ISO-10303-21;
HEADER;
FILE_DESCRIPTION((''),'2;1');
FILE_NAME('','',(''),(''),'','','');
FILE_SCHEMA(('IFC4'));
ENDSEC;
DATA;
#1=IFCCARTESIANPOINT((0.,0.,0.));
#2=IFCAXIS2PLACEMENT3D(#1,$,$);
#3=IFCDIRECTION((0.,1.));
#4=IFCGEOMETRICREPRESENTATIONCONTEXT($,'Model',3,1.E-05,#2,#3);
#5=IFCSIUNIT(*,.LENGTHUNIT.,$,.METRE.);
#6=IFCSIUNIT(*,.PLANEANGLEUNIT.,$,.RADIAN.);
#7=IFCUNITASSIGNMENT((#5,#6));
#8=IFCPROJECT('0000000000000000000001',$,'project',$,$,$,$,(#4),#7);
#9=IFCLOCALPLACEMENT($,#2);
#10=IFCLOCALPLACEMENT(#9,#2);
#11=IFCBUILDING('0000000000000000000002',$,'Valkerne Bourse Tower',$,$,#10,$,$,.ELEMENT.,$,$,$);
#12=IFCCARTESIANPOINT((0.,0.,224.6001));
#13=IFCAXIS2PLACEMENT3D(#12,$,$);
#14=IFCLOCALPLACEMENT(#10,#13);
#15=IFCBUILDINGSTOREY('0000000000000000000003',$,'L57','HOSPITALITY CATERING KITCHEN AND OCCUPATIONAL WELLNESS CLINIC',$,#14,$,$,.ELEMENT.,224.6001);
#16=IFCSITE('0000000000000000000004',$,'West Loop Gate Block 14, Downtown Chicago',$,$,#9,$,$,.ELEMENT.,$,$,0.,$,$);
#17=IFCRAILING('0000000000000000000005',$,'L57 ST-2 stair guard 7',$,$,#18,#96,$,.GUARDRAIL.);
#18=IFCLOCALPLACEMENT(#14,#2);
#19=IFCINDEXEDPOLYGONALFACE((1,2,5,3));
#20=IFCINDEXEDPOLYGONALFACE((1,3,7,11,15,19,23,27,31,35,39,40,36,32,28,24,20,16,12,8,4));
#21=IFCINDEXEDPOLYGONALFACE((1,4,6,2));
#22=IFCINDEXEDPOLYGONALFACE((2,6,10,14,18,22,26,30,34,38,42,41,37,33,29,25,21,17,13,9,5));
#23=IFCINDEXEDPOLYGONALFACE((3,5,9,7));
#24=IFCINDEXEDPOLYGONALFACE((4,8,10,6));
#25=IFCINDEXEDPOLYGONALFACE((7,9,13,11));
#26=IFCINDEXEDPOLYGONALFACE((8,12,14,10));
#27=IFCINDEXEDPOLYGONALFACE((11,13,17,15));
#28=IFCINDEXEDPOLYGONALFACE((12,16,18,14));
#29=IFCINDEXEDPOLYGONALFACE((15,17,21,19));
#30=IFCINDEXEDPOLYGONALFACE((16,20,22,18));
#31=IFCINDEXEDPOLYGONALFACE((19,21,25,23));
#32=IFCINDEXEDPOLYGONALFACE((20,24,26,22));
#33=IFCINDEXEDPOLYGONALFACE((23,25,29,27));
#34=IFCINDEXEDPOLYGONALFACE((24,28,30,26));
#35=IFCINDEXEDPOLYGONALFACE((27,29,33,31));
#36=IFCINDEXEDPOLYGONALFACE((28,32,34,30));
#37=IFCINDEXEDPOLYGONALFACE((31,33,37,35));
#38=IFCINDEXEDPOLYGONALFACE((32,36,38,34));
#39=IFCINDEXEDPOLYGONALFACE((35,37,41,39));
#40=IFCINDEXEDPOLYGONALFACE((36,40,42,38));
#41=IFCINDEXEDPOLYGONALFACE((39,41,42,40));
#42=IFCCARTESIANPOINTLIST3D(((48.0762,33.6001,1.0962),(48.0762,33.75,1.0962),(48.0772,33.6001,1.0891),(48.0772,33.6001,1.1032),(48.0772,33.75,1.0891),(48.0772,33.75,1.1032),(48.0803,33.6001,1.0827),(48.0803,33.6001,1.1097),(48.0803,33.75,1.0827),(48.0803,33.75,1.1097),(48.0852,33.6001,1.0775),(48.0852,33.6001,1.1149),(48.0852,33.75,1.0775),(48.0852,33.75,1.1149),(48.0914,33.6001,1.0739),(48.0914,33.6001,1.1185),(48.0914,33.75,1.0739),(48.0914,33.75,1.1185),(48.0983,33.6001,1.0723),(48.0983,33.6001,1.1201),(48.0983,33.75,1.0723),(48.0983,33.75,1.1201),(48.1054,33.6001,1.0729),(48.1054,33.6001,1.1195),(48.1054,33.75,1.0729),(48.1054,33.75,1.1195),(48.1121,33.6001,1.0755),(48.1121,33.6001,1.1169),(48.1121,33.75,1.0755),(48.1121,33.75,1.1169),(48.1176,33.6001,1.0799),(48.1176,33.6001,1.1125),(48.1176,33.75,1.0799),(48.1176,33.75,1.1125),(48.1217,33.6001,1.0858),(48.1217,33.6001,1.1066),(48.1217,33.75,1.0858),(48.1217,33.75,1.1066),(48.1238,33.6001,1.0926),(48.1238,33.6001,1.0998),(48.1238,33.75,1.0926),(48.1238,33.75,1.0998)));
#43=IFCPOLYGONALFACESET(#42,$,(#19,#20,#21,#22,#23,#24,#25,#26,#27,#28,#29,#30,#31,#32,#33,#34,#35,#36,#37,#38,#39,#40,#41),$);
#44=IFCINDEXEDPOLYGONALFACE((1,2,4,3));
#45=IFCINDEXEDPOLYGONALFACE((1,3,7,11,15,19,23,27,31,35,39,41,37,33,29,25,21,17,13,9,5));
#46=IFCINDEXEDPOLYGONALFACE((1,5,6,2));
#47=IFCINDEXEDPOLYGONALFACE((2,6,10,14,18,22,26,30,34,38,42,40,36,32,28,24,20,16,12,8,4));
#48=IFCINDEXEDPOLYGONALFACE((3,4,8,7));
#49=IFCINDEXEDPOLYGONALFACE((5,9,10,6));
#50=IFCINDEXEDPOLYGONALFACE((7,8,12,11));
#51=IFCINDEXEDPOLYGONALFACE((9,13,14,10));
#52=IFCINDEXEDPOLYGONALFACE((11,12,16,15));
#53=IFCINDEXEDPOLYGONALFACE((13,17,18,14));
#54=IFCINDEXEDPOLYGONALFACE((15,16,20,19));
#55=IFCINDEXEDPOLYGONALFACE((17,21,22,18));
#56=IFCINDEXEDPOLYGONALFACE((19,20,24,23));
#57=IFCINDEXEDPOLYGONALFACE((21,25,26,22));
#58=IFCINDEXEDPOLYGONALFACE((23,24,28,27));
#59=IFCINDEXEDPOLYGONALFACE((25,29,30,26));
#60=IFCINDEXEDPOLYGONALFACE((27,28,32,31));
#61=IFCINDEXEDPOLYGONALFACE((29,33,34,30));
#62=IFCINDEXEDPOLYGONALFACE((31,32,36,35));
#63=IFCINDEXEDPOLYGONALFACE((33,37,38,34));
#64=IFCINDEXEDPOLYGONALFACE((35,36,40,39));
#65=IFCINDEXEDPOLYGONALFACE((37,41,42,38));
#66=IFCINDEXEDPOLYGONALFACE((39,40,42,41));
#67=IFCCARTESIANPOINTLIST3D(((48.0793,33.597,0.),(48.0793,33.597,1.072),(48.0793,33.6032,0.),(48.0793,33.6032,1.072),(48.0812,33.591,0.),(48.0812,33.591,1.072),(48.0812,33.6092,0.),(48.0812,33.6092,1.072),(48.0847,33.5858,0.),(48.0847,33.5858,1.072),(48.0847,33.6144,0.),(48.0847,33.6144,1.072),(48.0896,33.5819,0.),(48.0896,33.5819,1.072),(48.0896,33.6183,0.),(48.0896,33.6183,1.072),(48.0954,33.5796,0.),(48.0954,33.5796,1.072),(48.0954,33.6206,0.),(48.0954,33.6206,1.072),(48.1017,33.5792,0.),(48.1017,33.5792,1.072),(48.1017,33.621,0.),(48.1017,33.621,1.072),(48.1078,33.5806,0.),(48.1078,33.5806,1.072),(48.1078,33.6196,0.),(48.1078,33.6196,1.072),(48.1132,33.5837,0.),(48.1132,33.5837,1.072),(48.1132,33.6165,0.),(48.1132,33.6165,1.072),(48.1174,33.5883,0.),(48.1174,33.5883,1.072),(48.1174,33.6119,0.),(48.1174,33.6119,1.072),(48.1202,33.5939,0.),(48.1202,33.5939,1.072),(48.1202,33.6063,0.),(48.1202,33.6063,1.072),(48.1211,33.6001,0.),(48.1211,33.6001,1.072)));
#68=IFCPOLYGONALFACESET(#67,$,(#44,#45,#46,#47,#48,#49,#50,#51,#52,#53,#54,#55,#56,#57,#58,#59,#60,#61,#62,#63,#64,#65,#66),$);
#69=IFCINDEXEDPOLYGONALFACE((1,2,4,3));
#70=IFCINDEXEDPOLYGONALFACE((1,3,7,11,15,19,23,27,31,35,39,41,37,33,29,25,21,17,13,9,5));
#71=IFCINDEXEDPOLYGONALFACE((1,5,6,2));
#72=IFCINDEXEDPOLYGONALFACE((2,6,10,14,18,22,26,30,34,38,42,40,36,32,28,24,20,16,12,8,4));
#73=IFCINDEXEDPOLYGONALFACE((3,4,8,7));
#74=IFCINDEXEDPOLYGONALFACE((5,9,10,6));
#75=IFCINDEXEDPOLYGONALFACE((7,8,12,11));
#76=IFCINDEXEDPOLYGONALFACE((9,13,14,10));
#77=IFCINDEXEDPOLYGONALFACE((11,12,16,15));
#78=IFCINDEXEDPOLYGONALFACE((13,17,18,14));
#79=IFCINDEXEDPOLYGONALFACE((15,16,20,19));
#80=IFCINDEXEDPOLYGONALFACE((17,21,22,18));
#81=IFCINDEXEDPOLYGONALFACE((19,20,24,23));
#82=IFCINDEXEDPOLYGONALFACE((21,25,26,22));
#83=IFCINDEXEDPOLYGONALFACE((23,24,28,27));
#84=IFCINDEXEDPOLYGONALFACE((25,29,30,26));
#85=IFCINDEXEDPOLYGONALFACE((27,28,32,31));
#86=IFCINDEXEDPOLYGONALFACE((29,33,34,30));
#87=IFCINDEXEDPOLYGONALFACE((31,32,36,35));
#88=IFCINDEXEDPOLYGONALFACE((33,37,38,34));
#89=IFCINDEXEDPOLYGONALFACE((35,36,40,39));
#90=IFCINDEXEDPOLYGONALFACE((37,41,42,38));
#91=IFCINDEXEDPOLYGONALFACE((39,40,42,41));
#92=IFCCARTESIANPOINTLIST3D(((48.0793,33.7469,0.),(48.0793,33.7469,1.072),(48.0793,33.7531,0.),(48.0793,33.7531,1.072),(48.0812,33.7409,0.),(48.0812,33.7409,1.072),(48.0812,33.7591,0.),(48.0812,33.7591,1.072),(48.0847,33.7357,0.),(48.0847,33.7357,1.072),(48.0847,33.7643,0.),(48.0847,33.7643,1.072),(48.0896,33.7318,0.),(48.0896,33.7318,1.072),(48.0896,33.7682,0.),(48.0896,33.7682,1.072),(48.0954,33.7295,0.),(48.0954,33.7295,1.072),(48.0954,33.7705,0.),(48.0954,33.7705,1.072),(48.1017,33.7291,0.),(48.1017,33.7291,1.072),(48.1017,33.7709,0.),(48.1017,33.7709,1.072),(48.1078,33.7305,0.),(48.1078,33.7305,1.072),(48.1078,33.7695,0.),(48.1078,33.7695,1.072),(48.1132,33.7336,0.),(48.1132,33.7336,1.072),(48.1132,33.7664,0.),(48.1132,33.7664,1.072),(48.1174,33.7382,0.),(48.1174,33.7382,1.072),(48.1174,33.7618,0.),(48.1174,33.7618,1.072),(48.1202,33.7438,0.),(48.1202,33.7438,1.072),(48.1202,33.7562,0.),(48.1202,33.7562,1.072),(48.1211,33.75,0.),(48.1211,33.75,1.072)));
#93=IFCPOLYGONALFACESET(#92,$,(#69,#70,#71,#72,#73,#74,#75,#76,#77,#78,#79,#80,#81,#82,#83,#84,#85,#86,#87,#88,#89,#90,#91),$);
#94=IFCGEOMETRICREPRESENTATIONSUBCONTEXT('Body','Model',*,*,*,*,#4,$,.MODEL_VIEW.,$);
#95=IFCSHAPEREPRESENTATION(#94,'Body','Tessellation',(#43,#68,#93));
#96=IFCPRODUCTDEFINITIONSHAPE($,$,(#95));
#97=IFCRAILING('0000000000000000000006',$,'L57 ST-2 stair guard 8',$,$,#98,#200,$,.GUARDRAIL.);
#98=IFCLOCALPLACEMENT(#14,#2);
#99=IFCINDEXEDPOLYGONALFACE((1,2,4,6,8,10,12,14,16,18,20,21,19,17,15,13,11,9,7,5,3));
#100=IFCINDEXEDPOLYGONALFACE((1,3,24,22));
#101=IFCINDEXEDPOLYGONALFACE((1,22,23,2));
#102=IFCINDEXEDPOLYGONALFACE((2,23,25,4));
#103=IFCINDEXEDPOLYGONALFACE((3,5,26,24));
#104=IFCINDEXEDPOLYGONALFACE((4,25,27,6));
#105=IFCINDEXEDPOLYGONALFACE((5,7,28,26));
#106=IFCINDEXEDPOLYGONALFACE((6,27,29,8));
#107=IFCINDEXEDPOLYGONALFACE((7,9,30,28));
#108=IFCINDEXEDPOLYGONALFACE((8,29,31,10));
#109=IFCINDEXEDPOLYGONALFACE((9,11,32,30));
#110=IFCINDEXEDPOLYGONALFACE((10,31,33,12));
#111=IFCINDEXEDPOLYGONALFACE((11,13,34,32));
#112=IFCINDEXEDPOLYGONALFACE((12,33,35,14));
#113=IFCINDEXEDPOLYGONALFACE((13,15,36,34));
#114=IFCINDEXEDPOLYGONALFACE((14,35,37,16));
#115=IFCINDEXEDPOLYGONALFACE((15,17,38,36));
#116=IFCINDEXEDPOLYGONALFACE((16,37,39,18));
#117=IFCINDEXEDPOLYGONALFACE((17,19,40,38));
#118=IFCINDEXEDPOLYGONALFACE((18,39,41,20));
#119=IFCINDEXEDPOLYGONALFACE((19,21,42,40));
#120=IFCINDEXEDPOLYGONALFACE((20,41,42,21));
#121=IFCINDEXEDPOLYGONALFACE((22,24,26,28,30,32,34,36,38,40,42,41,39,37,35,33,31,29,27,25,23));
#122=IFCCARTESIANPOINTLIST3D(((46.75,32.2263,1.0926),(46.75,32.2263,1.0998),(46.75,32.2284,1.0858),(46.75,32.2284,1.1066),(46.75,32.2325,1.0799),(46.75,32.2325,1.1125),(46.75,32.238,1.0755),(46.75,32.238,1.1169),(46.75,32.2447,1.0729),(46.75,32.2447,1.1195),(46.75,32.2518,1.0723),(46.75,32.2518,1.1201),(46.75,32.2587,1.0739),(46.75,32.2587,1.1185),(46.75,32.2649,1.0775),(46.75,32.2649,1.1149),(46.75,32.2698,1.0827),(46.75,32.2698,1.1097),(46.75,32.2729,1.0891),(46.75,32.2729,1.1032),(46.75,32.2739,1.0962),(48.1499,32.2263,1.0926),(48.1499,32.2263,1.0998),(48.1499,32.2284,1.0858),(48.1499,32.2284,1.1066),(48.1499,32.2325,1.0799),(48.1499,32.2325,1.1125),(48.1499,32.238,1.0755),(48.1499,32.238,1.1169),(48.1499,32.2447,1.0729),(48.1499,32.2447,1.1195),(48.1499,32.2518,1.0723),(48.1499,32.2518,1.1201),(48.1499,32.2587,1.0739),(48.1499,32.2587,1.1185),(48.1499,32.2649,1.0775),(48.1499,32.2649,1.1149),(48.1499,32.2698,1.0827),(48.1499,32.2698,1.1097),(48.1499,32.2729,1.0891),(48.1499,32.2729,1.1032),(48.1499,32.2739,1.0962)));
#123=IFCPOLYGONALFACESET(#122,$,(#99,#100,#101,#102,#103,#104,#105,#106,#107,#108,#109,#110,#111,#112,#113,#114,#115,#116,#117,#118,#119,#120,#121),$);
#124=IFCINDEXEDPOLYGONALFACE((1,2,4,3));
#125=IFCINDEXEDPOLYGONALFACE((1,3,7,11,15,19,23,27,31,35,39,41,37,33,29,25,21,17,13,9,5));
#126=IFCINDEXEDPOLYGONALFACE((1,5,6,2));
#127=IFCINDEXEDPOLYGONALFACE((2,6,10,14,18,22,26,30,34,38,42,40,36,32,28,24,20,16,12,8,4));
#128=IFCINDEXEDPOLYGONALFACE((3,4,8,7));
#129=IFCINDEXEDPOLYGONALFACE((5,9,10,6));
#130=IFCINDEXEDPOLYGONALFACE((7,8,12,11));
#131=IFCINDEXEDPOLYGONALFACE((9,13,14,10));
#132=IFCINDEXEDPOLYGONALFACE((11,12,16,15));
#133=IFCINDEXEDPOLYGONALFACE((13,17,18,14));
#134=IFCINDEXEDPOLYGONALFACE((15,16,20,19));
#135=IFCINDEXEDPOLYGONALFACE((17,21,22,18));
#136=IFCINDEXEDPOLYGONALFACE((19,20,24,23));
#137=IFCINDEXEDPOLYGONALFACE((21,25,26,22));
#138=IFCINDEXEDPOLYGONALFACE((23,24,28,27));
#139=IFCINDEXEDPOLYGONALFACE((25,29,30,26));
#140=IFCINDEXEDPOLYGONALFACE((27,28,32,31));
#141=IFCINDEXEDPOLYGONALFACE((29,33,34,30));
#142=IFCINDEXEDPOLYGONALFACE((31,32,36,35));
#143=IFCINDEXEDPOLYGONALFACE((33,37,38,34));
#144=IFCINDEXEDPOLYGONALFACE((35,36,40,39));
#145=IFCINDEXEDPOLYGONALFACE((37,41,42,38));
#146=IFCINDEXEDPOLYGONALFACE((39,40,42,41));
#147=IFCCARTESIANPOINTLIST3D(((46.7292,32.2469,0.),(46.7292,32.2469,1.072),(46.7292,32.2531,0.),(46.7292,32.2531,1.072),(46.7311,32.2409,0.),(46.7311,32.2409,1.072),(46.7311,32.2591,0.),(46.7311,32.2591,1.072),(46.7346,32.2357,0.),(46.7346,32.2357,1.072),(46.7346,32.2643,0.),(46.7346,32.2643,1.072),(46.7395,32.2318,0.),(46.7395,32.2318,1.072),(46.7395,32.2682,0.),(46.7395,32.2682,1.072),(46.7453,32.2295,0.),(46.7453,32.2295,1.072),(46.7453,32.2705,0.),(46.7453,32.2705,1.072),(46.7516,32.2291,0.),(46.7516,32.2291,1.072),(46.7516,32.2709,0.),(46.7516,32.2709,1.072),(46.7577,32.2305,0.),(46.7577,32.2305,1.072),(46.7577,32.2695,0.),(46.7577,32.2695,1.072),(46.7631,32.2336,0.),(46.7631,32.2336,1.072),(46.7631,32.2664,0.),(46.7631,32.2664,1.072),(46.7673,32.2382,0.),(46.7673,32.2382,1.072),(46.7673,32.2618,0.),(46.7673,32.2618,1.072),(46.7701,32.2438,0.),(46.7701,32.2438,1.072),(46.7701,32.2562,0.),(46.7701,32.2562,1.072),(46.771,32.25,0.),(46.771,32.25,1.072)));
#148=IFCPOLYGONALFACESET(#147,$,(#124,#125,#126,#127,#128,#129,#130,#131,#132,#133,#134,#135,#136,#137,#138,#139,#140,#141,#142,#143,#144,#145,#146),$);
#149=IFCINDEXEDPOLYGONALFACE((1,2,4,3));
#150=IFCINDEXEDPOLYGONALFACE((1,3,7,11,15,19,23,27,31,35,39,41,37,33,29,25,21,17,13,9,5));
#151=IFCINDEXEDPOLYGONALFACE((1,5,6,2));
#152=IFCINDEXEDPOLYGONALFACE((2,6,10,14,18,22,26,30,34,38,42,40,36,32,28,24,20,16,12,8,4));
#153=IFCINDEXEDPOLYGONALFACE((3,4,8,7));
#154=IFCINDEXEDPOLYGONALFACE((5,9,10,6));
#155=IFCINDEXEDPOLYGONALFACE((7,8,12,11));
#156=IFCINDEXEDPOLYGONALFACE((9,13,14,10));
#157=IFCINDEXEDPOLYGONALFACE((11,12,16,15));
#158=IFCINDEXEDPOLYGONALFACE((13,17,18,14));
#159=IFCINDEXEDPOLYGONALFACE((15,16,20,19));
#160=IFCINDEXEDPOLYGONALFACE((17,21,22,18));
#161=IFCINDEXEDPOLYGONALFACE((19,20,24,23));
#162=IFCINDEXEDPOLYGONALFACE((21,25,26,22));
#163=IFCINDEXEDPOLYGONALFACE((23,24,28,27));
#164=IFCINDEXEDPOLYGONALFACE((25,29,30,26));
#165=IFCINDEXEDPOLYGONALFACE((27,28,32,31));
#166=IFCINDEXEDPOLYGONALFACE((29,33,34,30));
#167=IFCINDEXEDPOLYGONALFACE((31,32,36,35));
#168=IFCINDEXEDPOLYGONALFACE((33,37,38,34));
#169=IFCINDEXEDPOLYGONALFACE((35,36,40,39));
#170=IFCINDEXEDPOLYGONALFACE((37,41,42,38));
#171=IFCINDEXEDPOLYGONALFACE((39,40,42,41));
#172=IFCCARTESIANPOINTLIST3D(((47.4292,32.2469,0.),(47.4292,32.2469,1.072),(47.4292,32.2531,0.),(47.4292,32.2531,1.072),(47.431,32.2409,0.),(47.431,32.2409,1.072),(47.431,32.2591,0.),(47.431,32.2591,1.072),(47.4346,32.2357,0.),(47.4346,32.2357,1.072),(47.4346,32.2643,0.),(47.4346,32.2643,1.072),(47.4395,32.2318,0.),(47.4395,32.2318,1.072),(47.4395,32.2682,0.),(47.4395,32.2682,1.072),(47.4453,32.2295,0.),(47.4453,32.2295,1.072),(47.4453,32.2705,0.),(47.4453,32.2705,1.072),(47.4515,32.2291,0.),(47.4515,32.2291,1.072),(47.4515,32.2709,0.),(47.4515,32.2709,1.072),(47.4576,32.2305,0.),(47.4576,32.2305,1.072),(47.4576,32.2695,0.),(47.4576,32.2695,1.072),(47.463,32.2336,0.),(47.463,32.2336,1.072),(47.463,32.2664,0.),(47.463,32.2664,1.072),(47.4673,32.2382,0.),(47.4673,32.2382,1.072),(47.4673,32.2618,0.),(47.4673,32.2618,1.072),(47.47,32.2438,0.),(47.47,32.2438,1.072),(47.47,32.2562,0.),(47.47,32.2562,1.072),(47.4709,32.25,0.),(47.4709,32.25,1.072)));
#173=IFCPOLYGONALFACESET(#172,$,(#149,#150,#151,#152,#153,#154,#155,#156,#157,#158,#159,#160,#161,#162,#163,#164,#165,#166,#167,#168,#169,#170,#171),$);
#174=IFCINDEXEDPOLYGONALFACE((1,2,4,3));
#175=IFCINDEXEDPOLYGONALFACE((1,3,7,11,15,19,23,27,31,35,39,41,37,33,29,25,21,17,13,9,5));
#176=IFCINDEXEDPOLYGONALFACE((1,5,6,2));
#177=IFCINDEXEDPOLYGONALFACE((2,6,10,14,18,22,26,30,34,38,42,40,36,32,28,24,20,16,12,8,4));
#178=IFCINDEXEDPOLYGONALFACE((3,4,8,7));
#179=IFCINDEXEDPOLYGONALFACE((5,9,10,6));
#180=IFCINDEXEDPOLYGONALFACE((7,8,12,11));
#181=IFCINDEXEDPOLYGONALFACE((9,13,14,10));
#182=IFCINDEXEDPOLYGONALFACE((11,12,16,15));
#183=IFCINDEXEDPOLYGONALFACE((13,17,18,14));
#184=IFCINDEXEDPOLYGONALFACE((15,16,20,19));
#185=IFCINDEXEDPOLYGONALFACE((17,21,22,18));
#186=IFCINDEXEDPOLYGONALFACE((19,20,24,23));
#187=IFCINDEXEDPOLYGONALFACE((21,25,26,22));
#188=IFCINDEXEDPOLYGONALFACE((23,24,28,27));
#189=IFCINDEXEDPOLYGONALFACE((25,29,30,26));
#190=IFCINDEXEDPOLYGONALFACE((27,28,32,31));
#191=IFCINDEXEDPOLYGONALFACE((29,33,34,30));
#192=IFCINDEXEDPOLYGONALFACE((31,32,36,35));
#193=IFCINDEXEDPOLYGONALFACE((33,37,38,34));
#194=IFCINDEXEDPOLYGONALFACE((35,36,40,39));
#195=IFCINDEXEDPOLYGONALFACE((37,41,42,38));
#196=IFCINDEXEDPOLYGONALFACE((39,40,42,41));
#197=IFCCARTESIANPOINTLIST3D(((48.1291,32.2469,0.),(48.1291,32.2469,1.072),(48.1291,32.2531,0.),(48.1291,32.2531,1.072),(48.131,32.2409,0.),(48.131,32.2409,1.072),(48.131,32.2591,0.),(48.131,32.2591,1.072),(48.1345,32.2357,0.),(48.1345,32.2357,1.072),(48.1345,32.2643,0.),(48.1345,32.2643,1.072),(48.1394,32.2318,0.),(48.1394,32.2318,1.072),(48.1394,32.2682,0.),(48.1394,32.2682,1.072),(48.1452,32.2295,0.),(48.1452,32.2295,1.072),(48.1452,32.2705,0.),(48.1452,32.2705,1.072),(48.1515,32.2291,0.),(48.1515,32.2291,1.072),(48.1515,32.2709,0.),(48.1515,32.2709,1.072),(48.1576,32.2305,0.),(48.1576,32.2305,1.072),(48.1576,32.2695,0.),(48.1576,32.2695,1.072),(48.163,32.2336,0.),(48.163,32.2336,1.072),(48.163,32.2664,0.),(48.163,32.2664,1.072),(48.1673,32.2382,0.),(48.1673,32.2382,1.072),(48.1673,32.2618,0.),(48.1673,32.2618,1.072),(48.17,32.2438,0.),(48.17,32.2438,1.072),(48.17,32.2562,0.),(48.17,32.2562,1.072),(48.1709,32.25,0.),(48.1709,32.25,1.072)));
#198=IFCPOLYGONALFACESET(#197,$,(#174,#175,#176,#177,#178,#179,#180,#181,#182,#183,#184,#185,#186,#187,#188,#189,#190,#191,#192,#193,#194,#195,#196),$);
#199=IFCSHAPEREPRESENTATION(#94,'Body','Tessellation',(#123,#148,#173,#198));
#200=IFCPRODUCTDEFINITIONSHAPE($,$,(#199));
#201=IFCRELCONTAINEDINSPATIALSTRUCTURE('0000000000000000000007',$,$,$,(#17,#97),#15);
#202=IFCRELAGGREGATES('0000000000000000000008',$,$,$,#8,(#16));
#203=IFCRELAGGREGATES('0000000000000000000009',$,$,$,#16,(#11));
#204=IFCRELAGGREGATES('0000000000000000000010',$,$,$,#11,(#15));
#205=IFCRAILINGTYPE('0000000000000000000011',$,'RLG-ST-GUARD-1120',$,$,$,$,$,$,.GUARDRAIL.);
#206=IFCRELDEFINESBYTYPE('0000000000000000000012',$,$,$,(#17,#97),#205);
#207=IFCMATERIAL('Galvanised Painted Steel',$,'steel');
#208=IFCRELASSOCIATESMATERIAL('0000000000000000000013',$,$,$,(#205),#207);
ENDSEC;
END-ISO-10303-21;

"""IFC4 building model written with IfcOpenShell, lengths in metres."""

from ifc_helpers import new_model, si_unit, direction, frame, origin, origin_2d, place, context, subcontext, project, spatial, circle, extrude, material, type_object, element, save


model = new_model("IFC4")

# Units and contexts
model_context = context("Model", 3, precision=1e-05, world=origin(), true_north=direction((0.0, 1.0)))
body_context = subcontext(model_context, "Body", "Model", "MODEL_VIEW")
ifc_project = project(units=[si_unit("LENGTHUNIT", "METRE"), si_unit("PLANEANGLEUNIT", "RADIAN")], contexts=[model_context])

# Site, building, storey
site_placement = place(None, origin())
site = spatial("IfcSite", under=ifc_project, at=site_placement, Name="West Loop Gate Block 14, Downtown Chicago", CompositionType="ELEMENT", RefElevation=0.0)
building_placement = place(site_placement, origin())
building = spatial("IfcBuilding", under=site, at=building_placement, Name="Valkerne Bourse Tower", CompositionType="ELEMENT")
storey_placement = place(building_placement, frame((0.0, 0.0, 224.6001)))
storey = spatial("IfcBuildingStorey", under=building, at=storey_placement, Name="L57", Description="HOSPITALITY CATERING KITCHEN AND OCCUPATIONAL WELLNESS CLINIC", CompositionType="ELEMENT", Elevation=224.6001)

# Shared definitions
ifc_material_1 = material(Name="Galvanised Painted Steel", Category="steel")

# Railings
railing_type_1 = type_object("IfcRailingType", Name="RLG-ST-GUARD-1120", PredefinedType="GUARDRAIL", material=ifc_material_1)
railing_1_placement = place(storey_placement, frame((48.1001, 33.6001, 0.0)))
element("IfcRailing", 1, at=railing_1_placement, inside=storey, type_object=railing_type_1, Name="L57 ST-2 stair guard 7", PredefinedType="GUARDRAIL", context=body_context, shape_type="SweptSolid", body=[
    extrude(circle(Radius=0.0239, at=origin_2d()), frame((0.0, 0.0, 1.0962), z_axis=(0.0, 1.0, 0.0), x_axis=(-1.0, 0.0, 0.0)), (0.0, 0.0, 1.0), 0.1499),
    extrude(circle(Radius=0.021, at=origin_2d()), origin(), (0.0, 0.0, 1.0), 1.072),
    extrude(circle(Radius=0.021, at=origin_2d()), frame((0.0, 0.1499, 0.0)), (0.0, 0.0, 1.0), 1.072),
])
for number, where, name in (
    (2, (46.75, 32.25, 0.0), "L57 ST-2 stair guard 8"),
):
    element("IfcRailing", number, at=place(storey_placement, frame(where)), inside=storey, type_object=railing_type_1, Name=name, PredefinedType="GUARDRAIL", context=body_context, shape_type="SweptSolid", body=[
        extrude(circle(Radius=0.0239, at=origin_2d()), frame((0.0, 0.0, 1.0962), z_axis=(1.0, 0.0, 0.0), x_axis=(0.0, 1.0, 0.0)), (0.0, 0.0, 1.0), 1.3999),
        extrude(circle(Radius=0.021, at=origin_2d()), origin(), (0.0, 0.0, 1.0), 1.072),
        extrude(circle(Radius=0.021, at=origin_2d()), frame((0.7, 0.0, 0.0)), (0.0, 0.0, 1.0), 1.072),
        extrude(circle(Radius=0.021, at=origin_2d()), frame((1.3999, 0.0, 0.0)), (0.0, 0.0, 1.0), 1.072),
    ])

save(model, "model.ifc")
